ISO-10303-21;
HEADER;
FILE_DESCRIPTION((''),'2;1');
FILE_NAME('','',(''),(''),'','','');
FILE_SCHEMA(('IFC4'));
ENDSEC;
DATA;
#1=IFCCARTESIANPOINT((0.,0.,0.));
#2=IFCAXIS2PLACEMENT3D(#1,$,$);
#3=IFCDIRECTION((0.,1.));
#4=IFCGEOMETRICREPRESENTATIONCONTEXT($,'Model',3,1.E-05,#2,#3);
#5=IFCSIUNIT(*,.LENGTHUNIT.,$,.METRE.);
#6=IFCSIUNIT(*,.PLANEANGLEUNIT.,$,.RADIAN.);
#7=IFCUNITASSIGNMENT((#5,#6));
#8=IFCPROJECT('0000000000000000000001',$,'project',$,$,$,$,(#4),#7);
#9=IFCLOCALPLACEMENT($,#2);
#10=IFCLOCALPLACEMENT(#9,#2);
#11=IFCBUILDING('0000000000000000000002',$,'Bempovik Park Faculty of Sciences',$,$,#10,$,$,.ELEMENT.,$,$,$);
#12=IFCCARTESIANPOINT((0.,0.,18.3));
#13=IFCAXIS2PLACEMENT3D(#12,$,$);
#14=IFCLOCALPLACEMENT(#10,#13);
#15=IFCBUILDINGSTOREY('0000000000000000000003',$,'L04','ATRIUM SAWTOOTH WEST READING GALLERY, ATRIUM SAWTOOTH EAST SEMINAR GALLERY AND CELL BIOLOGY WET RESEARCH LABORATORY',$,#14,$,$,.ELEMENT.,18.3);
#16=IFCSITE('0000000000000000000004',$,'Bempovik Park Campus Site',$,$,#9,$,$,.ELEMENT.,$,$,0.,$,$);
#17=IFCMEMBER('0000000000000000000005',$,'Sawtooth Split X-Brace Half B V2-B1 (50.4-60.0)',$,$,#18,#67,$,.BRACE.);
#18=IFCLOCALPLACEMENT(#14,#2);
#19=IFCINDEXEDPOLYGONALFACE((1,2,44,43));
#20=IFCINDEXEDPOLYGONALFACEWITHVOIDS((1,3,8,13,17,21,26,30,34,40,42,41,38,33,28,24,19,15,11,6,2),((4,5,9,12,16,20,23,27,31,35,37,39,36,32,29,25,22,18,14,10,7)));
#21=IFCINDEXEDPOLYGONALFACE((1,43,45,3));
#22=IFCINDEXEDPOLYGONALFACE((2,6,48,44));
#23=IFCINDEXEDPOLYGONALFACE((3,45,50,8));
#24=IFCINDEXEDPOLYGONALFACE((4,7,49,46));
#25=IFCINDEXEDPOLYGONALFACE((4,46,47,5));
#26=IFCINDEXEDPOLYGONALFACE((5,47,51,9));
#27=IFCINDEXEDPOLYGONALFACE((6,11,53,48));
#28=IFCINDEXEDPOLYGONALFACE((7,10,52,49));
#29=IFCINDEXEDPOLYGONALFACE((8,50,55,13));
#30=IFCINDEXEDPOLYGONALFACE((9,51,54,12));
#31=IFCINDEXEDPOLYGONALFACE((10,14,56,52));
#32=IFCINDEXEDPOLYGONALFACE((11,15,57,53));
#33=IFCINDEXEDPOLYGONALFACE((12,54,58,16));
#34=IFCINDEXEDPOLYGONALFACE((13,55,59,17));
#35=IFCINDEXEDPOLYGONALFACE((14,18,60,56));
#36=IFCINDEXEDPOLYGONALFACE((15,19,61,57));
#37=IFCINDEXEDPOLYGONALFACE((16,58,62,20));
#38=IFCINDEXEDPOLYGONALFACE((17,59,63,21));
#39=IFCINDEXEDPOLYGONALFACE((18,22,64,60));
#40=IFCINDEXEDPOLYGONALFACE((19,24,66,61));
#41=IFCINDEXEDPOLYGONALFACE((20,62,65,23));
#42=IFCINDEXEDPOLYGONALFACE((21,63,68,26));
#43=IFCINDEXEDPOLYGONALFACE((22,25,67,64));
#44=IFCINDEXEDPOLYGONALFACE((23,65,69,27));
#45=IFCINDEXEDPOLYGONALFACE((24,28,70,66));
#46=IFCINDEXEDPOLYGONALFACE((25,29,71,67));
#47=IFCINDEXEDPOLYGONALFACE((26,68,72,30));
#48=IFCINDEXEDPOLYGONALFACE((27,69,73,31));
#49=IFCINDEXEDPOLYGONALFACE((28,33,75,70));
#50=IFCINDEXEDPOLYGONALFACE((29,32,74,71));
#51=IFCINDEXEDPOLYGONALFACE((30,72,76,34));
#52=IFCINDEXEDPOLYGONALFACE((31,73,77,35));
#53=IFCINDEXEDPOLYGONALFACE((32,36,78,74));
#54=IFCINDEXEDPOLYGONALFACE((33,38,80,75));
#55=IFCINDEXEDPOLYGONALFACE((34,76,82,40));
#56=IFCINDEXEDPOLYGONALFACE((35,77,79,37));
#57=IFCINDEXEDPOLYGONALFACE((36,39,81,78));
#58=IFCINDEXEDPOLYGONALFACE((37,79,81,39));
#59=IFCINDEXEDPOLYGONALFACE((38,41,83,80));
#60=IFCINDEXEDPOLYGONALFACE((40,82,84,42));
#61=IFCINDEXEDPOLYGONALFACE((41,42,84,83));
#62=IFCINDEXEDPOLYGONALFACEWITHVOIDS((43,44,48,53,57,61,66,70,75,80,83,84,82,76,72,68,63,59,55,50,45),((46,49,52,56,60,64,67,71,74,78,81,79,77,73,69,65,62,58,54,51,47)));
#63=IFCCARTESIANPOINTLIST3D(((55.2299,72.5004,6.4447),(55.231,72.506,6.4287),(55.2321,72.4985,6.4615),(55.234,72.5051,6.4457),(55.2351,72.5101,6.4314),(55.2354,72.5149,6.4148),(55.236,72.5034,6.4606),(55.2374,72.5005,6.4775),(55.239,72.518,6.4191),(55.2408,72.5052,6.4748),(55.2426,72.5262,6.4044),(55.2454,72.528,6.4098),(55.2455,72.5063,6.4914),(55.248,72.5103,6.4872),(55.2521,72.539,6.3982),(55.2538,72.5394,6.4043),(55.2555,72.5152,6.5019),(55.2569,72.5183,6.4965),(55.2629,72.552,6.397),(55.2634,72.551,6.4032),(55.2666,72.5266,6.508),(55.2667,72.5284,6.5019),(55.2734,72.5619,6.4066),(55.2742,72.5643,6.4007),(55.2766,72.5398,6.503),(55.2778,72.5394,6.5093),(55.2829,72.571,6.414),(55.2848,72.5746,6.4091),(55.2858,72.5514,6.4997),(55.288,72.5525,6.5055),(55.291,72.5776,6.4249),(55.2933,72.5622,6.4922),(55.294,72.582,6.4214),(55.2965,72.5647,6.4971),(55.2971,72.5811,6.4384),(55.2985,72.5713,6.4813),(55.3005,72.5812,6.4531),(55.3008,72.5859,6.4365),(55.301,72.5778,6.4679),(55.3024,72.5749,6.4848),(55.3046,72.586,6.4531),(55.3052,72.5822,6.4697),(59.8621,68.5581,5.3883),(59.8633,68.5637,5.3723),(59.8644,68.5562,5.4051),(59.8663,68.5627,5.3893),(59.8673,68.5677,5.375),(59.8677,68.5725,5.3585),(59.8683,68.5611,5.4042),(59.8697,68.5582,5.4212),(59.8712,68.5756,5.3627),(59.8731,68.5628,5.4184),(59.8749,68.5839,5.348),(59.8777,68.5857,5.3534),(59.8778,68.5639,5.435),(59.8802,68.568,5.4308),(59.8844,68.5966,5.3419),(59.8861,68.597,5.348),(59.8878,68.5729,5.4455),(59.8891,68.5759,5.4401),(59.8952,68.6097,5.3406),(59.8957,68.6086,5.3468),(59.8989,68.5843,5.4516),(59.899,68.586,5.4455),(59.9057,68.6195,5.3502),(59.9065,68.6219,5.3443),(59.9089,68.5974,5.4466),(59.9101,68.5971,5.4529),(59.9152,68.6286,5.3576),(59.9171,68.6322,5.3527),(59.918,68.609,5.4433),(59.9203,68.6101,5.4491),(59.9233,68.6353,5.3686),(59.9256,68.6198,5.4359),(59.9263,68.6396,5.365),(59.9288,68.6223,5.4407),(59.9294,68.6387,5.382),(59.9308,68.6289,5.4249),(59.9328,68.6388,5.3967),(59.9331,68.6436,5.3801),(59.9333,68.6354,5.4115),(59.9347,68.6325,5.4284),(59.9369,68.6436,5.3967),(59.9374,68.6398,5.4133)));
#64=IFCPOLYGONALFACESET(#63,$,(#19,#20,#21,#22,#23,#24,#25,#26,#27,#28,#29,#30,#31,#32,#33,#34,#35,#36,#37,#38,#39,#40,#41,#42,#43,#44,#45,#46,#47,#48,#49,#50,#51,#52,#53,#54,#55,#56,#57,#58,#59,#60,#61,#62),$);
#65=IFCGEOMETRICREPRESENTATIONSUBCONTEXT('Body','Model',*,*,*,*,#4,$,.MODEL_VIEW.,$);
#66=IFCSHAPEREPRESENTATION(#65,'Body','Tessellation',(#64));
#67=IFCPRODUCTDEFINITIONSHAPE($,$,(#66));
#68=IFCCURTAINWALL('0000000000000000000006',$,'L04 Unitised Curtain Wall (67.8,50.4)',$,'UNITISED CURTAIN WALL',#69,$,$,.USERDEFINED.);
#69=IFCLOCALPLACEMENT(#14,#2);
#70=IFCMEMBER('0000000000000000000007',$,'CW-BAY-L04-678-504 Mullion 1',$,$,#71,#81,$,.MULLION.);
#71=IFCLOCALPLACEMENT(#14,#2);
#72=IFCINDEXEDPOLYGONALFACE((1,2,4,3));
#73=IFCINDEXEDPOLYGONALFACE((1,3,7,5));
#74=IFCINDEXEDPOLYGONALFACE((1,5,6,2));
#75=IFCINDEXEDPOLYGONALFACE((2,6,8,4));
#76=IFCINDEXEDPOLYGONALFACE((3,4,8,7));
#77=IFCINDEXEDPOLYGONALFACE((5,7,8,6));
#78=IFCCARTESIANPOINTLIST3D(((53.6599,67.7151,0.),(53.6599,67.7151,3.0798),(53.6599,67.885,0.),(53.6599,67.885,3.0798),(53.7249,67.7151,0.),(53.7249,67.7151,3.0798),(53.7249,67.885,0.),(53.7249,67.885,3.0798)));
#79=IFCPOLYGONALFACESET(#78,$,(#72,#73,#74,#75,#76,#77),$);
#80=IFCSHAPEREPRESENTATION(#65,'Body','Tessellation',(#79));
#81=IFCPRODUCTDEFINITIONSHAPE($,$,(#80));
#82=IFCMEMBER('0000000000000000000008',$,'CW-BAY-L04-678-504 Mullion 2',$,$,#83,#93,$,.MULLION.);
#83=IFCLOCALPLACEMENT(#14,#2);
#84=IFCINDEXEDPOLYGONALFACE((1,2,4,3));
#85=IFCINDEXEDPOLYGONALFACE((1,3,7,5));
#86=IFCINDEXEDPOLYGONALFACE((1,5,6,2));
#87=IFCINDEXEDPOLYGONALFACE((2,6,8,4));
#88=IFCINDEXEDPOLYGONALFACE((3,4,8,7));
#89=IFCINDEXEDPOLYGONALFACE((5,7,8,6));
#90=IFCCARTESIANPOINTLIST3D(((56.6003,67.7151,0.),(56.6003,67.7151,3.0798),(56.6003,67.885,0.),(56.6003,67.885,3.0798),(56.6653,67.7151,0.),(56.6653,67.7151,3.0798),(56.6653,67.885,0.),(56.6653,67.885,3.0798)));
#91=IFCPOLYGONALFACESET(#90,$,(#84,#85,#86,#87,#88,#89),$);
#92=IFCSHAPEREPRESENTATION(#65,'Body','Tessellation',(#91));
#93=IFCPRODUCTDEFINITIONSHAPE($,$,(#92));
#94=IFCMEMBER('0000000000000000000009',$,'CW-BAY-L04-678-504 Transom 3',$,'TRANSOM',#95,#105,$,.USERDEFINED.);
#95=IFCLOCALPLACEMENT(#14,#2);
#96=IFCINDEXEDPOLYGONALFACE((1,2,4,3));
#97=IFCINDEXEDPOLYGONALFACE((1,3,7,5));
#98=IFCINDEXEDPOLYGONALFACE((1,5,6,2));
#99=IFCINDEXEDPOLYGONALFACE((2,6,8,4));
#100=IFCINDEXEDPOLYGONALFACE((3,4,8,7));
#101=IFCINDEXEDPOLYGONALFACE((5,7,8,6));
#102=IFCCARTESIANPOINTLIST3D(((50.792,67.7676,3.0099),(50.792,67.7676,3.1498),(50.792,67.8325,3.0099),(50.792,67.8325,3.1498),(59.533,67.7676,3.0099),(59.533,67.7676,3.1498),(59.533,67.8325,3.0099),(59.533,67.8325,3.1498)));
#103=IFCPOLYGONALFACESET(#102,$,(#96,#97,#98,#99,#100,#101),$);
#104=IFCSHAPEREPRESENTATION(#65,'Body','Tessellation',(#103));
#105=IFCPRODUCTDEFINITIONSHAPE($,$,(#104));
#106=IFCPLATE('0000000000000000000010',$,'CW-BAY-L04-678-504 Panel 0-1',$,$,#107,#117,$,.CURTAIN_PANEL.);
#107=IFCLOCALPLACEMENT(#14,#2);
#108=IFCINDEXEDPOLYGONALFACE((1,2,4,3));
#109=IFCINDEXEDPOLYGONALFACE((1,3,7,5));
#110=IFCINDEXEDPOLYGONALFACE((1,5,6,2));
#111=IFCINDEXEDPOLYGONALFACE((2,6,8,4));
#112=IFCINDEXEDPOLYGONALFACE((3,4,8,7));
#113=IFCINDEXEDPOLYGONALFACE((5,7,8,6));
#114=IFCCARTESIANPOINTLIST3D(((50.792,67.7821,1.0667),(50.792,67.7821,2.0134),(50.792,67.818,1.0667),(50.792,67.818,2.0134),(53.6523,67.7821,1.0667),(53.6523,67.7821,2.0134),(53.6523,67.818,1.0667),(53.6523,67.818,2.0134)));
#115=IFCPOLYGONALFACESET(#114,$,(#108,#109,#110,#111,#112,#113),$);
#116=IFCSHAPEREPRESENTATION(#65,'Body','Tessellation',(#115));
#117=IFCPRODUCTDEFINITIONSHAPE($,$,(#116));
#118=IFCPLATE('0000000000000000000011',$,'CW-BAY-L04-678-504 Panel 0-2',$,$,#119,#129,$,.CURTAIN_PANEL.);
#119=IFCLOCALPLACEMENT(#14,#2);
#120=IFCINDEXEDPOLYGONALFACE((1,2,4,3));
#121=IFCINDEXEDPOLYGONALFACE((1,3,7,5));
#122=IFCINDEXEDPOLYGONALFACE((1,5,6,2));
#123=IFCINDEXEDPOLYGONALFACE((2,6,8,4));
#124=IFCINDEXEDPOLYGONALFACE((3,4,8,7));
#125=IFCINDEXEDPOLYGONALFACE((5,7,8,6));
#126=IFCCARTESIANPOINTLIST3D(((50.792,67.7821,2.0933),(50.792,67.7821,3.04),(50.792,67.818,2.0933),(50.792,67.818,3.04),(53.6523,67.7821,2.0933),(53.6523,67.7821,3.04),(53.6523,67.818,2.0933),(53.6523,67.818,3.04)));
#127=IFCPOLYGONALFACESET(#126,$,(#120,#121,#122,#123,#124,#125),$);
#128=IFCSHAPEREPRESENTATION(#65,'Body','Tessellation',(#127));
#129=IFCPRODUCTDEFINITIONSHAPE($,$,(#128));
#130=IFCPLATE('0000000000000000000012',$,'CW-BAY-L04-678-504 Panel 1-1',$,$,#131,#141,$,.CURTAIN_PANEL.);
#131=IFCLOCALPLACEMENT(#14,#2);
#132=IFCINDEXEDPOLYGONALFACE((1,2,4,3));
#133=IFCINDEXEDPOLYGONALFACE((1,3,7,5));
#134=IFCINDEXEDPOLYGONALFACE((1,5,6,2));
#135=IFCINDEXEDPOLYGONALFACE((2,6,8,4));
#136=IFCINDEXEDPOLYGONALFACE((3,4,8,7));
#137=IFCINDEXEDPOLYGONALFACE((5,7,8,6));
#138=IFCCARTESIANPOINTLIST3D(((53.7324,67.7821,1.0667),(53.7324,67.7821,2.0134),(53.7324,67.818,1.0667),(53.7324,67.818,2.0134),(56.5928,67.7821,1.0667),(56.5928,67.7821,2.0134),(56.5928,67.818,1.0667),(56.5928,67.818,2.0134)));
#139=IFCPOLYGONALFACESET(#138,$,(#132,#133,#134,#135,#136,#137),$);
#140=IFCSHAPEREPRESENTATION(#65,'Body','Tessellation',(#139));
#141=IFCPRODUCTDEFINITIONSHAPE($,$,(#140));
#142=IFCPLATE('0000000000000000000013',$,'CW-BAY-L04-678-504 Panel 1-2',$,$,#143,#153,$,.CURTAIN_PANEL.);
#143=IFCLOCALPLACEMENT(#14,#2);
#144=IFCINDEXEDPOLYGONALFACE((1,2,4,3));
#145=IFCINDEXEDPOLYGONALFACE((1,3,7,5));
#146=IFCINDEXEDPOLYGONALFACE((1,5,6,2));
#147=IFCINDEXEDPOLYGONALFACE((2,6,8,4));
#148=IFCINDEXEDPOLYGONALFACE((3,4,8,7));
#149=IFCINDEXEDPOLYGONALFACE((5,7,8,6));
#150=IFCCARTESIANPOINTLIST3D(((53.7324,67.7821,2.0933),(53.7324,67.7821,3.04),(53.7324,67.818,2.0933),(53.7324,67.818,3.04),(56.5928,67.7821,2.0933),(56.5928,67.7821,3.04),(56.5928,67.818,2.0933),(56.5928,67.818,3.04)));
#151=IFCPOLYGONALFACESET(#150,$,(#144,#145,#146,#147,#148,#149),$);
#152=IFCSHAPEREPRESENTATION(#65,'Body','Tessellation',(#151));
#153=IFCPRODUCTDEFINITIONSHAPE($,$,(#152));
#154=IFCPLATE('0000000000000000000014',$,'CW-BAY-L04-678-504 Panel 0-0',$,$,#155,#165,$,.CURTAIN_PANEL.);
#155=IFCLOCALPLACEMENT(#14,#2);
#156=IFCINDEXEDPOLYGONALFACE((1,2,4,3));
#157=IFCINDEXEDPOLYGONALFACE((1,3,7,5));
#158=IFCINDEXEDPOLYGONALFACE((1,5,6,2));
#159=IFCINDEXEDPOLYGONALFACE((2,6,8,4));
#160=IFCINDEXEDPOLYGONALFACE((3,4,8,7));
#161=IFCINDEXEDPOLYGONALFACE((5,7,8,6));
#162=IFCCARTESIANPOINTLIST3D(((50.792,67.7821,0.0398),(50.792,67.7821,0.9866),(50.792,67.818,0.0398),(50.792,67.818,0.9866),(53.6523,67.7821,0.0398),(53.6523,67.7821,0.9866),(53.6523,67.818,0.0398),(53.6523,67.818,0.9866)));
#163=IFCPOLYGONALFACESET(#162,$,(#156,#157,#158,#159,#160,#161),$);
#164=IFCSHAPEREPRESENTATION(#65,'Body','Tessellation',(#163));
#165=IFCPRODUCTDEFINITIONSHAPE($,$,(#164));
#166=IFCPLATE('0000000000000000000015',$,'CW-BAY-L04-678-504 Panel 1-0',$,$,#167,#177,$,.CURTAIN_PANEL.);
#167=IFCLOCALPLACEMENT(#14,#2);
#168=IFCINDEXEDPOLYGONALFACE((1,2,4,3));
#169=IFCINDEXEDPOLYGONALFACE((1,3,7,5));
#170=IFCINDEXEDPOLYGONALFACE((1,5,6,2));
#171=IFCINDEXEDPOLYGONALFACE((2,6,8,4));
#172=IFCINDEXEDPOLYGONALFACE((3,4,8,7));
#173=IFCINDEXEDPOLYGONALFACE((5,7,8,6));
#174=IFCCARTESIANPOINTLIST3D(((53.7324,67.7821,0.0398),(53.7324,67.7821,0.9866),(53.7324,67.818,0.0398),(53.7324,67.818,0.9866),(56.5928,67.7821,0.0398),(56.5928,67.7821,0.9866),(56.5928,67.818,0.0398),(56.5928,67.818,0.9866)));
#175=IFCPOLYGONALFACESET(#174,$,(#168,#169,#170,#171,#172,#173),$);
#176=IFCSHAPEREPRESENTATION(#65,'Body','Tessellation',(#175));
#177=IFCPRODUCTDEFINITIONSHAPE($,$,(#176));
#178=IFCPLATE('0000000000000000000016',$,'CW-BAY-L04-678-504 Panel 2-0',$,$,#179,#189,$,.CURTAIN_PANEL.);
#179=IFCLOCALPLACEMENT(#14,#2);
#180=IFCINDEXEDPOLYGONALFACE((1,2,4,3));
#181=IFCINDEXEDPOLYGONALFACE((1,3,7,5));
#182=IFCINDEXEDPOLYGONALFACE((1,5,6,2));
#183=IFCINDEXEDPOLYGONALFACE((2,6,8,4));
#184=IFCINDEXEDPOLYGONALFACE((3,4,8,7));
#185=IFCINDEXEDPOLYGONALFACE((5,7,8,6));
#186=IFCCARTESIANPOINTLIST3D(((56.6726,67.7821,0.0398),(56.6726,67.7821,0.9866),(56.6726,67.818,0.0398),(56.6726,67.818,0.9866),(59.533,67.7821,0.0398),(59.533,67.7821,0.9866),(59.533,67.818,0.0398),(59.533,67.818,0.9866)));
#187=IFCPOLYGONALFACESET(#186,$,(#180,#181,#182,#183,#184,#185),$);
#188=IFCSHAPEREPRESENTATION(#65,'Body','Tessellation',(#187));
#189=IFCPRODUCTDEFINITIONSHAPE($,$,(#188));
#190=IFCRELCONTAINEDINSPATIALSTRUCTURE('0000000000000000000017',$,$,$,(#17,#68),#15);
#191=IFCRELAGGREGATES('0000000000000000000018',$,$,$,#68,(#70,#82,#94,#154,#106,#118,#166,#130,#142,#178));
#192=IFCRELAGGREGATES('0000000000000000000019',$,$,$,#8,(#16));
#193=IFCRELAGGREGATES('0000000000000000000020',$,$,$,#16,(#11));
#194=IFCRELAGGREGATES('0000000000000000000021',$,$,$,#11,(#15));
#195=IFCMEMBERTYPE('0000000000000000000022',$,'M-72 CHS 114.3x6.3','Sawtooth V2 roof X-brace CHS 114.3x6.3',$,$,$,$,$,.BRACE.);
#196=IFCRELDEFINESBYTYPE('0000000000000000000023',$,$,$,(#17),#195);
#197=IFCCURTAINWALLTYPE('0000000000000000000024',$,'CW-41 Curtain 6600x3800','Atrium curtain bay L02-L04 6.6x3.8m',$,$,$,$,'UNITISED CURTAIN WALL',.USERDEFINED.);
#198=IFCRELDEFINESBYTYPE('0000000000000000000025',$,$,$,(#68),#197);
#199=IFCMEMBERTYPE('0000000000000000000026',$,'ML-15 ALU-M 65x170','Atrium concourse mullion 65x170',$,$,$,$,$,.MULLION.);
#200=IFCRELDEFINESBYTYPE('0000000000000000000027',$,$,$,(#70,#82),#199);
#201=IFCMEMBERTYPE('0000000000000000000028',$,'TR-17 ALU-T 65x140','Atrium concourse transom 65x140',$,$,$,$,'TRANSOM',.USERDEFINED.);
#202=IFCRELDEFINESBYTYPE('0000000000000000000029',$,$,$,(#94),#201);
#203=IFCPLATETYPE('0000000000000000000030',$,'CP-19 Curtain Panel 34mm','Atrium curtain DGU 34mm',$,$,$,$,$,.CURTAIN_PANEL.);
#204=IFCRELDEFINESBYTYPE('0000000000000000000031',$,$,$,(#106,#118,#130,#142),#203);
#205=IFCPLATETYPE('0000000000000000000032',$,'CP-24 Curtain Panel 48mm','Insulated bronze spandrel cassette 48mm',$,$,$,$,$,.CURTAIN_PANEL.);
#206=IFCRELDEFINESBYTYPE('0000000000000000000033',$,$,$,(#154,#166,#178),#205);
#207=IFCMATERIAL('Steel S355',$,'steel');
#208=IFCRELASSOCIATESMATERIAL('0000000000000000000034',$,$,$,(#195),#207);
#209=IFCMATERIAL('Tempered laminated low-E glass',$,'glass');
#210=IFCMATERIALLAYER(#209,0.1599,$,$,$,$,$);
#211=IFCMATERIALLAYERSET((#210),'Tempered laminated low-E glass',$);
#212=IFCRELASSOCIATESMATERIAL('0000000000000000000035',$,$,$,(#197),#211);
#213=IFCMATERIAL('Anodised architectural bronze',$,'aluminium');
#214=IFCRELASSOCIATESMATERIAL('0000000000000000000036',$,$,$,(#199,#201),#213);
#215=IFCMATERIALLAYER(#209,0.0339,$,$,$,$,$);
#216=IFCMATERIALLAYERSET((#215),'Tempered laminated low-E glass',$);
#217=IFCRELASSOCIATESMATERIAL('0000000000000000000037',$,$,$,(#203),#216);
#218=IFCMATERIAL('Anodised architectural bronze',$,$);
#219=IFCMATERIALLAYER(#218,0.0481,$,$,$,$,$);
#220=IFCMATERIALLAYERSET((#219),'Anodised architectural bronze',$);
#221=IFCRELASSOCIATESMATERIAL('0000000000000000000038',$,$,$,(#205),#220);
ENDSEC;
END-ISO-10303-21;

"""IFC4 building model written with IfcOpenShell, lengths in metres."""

from ifc_helpers import new_model, si_unit, direction, frame, origin, origin_2d, place, context, subcontext, project, spatial, rectangle, hollow_circle, extrude, material, layer, layer_set, material_profile, profile_set, type_object, element, aggregate, save


model = new_model("IFC4")

# Units and contexts
model_context = context("Model", 3, precision=1e-05, world=origin(), true_north=direction((0.0, 1.0)))
body_context = subcontext(model_context, "Body", "Model", "MODEL_VIEW")
ifc_project = project(units=[si_unit("LENGTHUNIT", "METRE"), si_unit("PLANEANGLEUNIT", "RADIAN")], contexts=[model_context])

# Site, building, storey
site_placement = place(None, origin())
site = spatial("IfcSite", under=ifc_project, at=site_placement, Name="Bempovik Park Campus Site", CompositionType="ELEMENT", RefElevation=0.0)
building_placement = place(site_placement, origin())
building = spatial("IfcBuilding", under=site, at=building_placement, Name="Bempovik Park Faculty of Sciences", CompositionType="ELEMENT")
storey_placement = place(building_placement, frame((0.0, 0.0, 18.3)))
storey = spatial("IfcBuildingStorey", under=building, at=storey_placement, Name="L04", Description="ATRIUM SAWTOOTH WEST READING GALLERY, ATRIUM SAWTOOTH EAST SEMINAR GALLERY AND CELL BIOLOGY WET RESEARCH LABORATORY", CompositionType="ELEMENT", Elevation=18.3)

# Member
ifc_material_1 = material(Name="Steel S355", Category="steel")
ifc_material_profile_1 = material_profile(ifc_material_1, hollow_circle(Radius=0.0571, WallThickness=0.0063, at=origin_2d()), Name="CHS 114.3x6.3")
ifc_profile_set_1 = profile_set([ifc_material_profile_1], Name="Steel S355")
member_type_1 = type_object("IfcMemberType", Name="M-72 CHS 114.3x6.3", Description="Sawtooth V2 roof X-brace CHS 114.3x6.3", PredefinedType="BRACE", material=ifc_profile_set_1)
member_1_placement = place(storey_placement, frame((55.2676, 72.5425, 6.4531), z_axis=(0.75031, -0.638558, -0.171107), x_axis=(0.648117, 0.761541, 0.0)))
element("IfcMember", 1, at=member_1_placement, inside=storey, type_object=member_type_1, Name="Sawtooth Split X-Brace Half B V2-B1 (50.4-60.0)", PredefinedType="BRACE", context=body_context, shape_type="SweptSolid", body=[
    extrude(hollow_circle(Radius=0.0571, WallThickness=0.0063, at=origin_2d()), origin(), (0.0, 0.0, 1.0), 6.1738),
])

# Curtain wall, members, plates
ifc_material_2 = material(Name="Tempered laminated low-E glass", Category="glass")
ifc_layer_1 = layer(ifc_material_2, 0.1599)
ifc_layer_set_1 = layer_set([ifc_layer_1], Name="Tempered laminated low-E glass")
curtain_wall_type = type_object("IfcCurtainWallType", Name="CW-41 Curtain 6600x3800", Description="Atrium curtain bay L02-L04 6.6x3.8m", ElementType="UNITISED CURTAIN WALL", PredefinedType="USERDEFINED", material=ifc_layer_set_1)
curtain_wall_placement = place(storey_placement, origin())
curtain_wall = element("IfcCurtainWall", 2, at=curtain_wall_placement, inside=storey, type_object=curtain_wall_type, Name="L04 Unitised Curtain Wall (67.8,50.4)", ObjectType="UNITISED CURTAIN WALL", PredefinedType="USERDEFINED")
ifc_material_3 = material(Name="Anodised architectural bronze", Category="aluminium")
ifc_material_profile_2 = material_profile(ifc_material_3, rectangle(XDim=0.0649, YDim=0.1699, at=origin_2d()), Name="ALU-M 65x170")
ifc_profile_set_2 = profile_set([ifc_material_profile_2], Name="Anodised architectural bronze")
member_type_2 = type_object("IfcMemberType", Name="ML-15 ALU-M 65x170", Description="Atrium concourse mullion 65x170", PredefinedType="MULLION", material=ifc_profile_set_2)
member_2_placement = place(storey_placement, frame((53.6924, 67.8, 0.0), z_axis=(0.0, 0.0, 1.0), x_axis=(1.0, 0.0, 0.0)))
member_2 = element("IfcMember", 3, at=member_2_placement, type_object=member_type_2, Name="CW-BAY-L04-678-504 Mullion 1", PredefinedType="MULLION", context=body_context, shape_type="SweptSolid", body=[
    extrude(rectangle(XDim=0.0649, YDim=0.1699, at=origin_2d()), origin(), (0.0, 0.0, 1.0), 3.0798),
])
member_3_placement = place(storey_placement, frame((56.6328, 67.8, 0.0), z_axis=(0.0, 0.0, 1.0), x_axis=(1.0, 0.0, 0.0)))
member_3 = element("IfcMember", 4, at=member_3_placement, type_object=member_type_2, Name="CW-BAY-L04-678-504 Mullion 2", PredefinedType="MULLION", context=body_context, shape_type="SweptSolid", body=[
    extrude(rectangle(XDim=0.0649, YDim=0.1699, at=origin_2d()), origin(), (0.0, 0.0, 1.0), 3.0798),
])
ifc_material_profile_3 = material_profile(ifc_material_3, rectangle(XDim=0.0649, YDim=0.1399, at=origin_2d()), Name="ALU-T 65x140")
ifc_profile_set_3 = profile_set([ifc_material_profile_3], Name="Anodised architectural bronze")
member_type_3 = type_object("IfcMemberType", Name="TR-17 ALU-T 65x140", Description="Atrium concourse transom 65x140", ElementType="TRANSOM", PredefinedType="USERDEFINED", material=ifc_profile_set_3)
member_4_placement = place(storey_placement, frame((50.792, 67.8, 3.0798), z_axis=(1.0, 0.0, 0.0), x_axis=(0.0, 1.0, 0.0)))
member_4 = element("IfcMember", 5, at=member_4_placement, type_object=member_type_3, Name="CW-BAY-L04-678-504 Transom 3", ObjectType="TRANSOM", PredefinedType="USERDEFINED", context=body_context, shape_type="SweptSolid", body=[
    extrude(rectangle(XDim=0.0649, YDim=0.1399, at=origin_2d()), origin(), (0.0, 0.0, 1.0), 8.741),
])
ifc_layer_2 = layer(ifc_material_2, 0.0339)
ifc_layer_set_2 = layer_set([ifc_layer_2], Name="Tempered laminated low-E glass")
plate_type_1 = type_object("IfcPlateType", Name="CP-19 Curtain Panel 34mm", Description="Atrium curtain DGU 34mm", PredefinedType="CURTAIN_PANEL", material=ifc_layer_set_2)
plate_1_placement = place(storey_placement, frame((52.2222, 67.8, 1.0667), z_axis=(0.0, 0.0, 1.0), x_axis=(1.0, 0.0, 0.0)))
plate_1 = element("IfcPlate", 6, at=plate_1_placement, type_object=plate_type_1, Name="CW-BAY-L04-678-504 Panel 0-1", PredefinedType="CURTAIN_PANEL", context=body_context, shape_type="SweptSolid", body=[
    extrude(rectangle(XDim=2.8604, YDim=0.0359, at=origin_2d()), origin(), (0.0, 0.0, 1.0), 0.9468),
])
plate_2_placement = place(storey_placement, frame((52.2222, 67.8, 2.0933), z_axis=(0.0, 0.0, 1.0), x_axis=(1.0, 0.0, 0.0)))
plate_2 = element("IfcPlate", 7, at=plate_2_placement, type_object=plate_type_1, Name="CW-BAY-L04-678-504 Panel 0-2", PredefinedType="CURTAIN_PANEL", context=body_context, shape_type="SweptSolid", body=[
    extrude(rectangle(XDim=2.8604, YDim=0.0359, at=origin_2d()), origin(), (0.0, 0.0, 1.0), 0.9468),
])
plate_3_placement = place(storey_placement, frame((55.1626, 67.8, 1.0667), z_axis=(0.0, 0.0, 1.0), x_axis=(1.0, 0.0, 0.0)))
plate_3 = element("IfcPlate", 8, at=plate_3_placement, type_object=plate_type_1, Name="CW-BAY-L04-678-504 Panel 1-1", PredefinedType="CURTAIN_PANEL", context=body_context, shape_type="SweptSolid", body=[
    extrude(rectangle(XDim=2.8604, YDim=0.0359, at=origin_2d()), origin(), (0.0, 0.0, 1.0), 0.9468),
])
plate_4_placement = place(storey_placement, frame((55.1626, 67.8, 2.0933), z_axis=(0.0, 0.0, 1.0), x_axis=(1.0, 0.0, 0.0)))
plate_4 = element("IfcPlate", 9, at=plate_4_placement, type_object=plate_type_1, Name="CW-BAY-L04-678-504 Panel 1-2", PredefinedType="CURTAIN_PANEL", context=body_context, shape_type="SweptSolid", body=[
    extrude(rectangle(XDim=2.8604, YDim=0.0359, at=origin_2d()), origin(), (0.0, 0.0, 1.0), 0.9468),
])
ifc_material_4 = material(Name="Anodised architectural bronze")
ifc_layer_3 = layer(ifc_material_4, 0.0481)
ifc_layer_set_3 = layer_set([ifc_layer_3], Name="Anodised architectural bronze")
plate_type_2 = type_object("IfcPlateType", Name="CP-24 Curtain Panel 48mm", Description="Insulated bronze spandrel cassette 48mm", PredefinedType="CURTAIN_PANEL", material=ifc_layer_set_3)
plate_5_placement = place(storey_placement, frame((52.2222, 67.8, 0.0398), z_axis=(0.0, 0.0, 1.0), x_axis=(1.0, 0.0, 0.0)))
plate_5 = element("IfcPlate", 10, at=plate_5_placement, type_object=plate_type_2, Name="CW-BAY-L04-678-504 Panel 0-0", PredefinedType="CURTAIN_PANEL", context=body_context, shape_type="SweptSolid", body=[
    extrude(rectangle(XDim=2.8604, YDim=0.0359, at=origin_2d()), origin(), (0.0, 0.0, 1.0), 0.9468),
])
plate_6_placement = place(storey_placement, frame((55.1626, 67.8, 0.0398), z_axis=(0.0, 0.0, 1.0), x_axis=(1.0, 0.0, 0.0)))
plate_6 = element("IfcPlate", 11, at=plate_6_placement, type_object=plate_type_2, Name="CW-BAY-L04-678-504 Panel 1-0", PredefinedType="CURTAIN_PANEL", context=body_context, shape_type="SweptSolid", body=[
    extrude(rectangle(XDim=2.8604, YDim=0.0359, at=origin_2d()), origin(), (0.0, 0.0, 1.0), 0.9468),
])
plate_7_placement = place(storey_placement, frame((58.1028, 67.8, 0.0398), z_axis=(0.0, 0.0, 1.0), x_axis=(1.0, 0.0, 0.0)))
plate_7 = element("IfcPlate", 12, at=plate_7_placement, type_object=plate_type_2, Name="CW-BAY-L04-678-504 Panel 2-0", PredefinedType="CURTAIN_PANEL", context=body_context, shape_type="SweptSolid", body=[
    extrude(rectangle(XDim=2.8604, YDim=0.0359, at=origin_2d()), origin(), (0.0, 0.0, 1.0), 0.9468),
])
aggregate(curtain_wall, [member_2, member_3, member_4, plate_5, plate_1, plate_2, plate_6, plate_3, plate_4, plate_7])

save(model, "model.ifc")
